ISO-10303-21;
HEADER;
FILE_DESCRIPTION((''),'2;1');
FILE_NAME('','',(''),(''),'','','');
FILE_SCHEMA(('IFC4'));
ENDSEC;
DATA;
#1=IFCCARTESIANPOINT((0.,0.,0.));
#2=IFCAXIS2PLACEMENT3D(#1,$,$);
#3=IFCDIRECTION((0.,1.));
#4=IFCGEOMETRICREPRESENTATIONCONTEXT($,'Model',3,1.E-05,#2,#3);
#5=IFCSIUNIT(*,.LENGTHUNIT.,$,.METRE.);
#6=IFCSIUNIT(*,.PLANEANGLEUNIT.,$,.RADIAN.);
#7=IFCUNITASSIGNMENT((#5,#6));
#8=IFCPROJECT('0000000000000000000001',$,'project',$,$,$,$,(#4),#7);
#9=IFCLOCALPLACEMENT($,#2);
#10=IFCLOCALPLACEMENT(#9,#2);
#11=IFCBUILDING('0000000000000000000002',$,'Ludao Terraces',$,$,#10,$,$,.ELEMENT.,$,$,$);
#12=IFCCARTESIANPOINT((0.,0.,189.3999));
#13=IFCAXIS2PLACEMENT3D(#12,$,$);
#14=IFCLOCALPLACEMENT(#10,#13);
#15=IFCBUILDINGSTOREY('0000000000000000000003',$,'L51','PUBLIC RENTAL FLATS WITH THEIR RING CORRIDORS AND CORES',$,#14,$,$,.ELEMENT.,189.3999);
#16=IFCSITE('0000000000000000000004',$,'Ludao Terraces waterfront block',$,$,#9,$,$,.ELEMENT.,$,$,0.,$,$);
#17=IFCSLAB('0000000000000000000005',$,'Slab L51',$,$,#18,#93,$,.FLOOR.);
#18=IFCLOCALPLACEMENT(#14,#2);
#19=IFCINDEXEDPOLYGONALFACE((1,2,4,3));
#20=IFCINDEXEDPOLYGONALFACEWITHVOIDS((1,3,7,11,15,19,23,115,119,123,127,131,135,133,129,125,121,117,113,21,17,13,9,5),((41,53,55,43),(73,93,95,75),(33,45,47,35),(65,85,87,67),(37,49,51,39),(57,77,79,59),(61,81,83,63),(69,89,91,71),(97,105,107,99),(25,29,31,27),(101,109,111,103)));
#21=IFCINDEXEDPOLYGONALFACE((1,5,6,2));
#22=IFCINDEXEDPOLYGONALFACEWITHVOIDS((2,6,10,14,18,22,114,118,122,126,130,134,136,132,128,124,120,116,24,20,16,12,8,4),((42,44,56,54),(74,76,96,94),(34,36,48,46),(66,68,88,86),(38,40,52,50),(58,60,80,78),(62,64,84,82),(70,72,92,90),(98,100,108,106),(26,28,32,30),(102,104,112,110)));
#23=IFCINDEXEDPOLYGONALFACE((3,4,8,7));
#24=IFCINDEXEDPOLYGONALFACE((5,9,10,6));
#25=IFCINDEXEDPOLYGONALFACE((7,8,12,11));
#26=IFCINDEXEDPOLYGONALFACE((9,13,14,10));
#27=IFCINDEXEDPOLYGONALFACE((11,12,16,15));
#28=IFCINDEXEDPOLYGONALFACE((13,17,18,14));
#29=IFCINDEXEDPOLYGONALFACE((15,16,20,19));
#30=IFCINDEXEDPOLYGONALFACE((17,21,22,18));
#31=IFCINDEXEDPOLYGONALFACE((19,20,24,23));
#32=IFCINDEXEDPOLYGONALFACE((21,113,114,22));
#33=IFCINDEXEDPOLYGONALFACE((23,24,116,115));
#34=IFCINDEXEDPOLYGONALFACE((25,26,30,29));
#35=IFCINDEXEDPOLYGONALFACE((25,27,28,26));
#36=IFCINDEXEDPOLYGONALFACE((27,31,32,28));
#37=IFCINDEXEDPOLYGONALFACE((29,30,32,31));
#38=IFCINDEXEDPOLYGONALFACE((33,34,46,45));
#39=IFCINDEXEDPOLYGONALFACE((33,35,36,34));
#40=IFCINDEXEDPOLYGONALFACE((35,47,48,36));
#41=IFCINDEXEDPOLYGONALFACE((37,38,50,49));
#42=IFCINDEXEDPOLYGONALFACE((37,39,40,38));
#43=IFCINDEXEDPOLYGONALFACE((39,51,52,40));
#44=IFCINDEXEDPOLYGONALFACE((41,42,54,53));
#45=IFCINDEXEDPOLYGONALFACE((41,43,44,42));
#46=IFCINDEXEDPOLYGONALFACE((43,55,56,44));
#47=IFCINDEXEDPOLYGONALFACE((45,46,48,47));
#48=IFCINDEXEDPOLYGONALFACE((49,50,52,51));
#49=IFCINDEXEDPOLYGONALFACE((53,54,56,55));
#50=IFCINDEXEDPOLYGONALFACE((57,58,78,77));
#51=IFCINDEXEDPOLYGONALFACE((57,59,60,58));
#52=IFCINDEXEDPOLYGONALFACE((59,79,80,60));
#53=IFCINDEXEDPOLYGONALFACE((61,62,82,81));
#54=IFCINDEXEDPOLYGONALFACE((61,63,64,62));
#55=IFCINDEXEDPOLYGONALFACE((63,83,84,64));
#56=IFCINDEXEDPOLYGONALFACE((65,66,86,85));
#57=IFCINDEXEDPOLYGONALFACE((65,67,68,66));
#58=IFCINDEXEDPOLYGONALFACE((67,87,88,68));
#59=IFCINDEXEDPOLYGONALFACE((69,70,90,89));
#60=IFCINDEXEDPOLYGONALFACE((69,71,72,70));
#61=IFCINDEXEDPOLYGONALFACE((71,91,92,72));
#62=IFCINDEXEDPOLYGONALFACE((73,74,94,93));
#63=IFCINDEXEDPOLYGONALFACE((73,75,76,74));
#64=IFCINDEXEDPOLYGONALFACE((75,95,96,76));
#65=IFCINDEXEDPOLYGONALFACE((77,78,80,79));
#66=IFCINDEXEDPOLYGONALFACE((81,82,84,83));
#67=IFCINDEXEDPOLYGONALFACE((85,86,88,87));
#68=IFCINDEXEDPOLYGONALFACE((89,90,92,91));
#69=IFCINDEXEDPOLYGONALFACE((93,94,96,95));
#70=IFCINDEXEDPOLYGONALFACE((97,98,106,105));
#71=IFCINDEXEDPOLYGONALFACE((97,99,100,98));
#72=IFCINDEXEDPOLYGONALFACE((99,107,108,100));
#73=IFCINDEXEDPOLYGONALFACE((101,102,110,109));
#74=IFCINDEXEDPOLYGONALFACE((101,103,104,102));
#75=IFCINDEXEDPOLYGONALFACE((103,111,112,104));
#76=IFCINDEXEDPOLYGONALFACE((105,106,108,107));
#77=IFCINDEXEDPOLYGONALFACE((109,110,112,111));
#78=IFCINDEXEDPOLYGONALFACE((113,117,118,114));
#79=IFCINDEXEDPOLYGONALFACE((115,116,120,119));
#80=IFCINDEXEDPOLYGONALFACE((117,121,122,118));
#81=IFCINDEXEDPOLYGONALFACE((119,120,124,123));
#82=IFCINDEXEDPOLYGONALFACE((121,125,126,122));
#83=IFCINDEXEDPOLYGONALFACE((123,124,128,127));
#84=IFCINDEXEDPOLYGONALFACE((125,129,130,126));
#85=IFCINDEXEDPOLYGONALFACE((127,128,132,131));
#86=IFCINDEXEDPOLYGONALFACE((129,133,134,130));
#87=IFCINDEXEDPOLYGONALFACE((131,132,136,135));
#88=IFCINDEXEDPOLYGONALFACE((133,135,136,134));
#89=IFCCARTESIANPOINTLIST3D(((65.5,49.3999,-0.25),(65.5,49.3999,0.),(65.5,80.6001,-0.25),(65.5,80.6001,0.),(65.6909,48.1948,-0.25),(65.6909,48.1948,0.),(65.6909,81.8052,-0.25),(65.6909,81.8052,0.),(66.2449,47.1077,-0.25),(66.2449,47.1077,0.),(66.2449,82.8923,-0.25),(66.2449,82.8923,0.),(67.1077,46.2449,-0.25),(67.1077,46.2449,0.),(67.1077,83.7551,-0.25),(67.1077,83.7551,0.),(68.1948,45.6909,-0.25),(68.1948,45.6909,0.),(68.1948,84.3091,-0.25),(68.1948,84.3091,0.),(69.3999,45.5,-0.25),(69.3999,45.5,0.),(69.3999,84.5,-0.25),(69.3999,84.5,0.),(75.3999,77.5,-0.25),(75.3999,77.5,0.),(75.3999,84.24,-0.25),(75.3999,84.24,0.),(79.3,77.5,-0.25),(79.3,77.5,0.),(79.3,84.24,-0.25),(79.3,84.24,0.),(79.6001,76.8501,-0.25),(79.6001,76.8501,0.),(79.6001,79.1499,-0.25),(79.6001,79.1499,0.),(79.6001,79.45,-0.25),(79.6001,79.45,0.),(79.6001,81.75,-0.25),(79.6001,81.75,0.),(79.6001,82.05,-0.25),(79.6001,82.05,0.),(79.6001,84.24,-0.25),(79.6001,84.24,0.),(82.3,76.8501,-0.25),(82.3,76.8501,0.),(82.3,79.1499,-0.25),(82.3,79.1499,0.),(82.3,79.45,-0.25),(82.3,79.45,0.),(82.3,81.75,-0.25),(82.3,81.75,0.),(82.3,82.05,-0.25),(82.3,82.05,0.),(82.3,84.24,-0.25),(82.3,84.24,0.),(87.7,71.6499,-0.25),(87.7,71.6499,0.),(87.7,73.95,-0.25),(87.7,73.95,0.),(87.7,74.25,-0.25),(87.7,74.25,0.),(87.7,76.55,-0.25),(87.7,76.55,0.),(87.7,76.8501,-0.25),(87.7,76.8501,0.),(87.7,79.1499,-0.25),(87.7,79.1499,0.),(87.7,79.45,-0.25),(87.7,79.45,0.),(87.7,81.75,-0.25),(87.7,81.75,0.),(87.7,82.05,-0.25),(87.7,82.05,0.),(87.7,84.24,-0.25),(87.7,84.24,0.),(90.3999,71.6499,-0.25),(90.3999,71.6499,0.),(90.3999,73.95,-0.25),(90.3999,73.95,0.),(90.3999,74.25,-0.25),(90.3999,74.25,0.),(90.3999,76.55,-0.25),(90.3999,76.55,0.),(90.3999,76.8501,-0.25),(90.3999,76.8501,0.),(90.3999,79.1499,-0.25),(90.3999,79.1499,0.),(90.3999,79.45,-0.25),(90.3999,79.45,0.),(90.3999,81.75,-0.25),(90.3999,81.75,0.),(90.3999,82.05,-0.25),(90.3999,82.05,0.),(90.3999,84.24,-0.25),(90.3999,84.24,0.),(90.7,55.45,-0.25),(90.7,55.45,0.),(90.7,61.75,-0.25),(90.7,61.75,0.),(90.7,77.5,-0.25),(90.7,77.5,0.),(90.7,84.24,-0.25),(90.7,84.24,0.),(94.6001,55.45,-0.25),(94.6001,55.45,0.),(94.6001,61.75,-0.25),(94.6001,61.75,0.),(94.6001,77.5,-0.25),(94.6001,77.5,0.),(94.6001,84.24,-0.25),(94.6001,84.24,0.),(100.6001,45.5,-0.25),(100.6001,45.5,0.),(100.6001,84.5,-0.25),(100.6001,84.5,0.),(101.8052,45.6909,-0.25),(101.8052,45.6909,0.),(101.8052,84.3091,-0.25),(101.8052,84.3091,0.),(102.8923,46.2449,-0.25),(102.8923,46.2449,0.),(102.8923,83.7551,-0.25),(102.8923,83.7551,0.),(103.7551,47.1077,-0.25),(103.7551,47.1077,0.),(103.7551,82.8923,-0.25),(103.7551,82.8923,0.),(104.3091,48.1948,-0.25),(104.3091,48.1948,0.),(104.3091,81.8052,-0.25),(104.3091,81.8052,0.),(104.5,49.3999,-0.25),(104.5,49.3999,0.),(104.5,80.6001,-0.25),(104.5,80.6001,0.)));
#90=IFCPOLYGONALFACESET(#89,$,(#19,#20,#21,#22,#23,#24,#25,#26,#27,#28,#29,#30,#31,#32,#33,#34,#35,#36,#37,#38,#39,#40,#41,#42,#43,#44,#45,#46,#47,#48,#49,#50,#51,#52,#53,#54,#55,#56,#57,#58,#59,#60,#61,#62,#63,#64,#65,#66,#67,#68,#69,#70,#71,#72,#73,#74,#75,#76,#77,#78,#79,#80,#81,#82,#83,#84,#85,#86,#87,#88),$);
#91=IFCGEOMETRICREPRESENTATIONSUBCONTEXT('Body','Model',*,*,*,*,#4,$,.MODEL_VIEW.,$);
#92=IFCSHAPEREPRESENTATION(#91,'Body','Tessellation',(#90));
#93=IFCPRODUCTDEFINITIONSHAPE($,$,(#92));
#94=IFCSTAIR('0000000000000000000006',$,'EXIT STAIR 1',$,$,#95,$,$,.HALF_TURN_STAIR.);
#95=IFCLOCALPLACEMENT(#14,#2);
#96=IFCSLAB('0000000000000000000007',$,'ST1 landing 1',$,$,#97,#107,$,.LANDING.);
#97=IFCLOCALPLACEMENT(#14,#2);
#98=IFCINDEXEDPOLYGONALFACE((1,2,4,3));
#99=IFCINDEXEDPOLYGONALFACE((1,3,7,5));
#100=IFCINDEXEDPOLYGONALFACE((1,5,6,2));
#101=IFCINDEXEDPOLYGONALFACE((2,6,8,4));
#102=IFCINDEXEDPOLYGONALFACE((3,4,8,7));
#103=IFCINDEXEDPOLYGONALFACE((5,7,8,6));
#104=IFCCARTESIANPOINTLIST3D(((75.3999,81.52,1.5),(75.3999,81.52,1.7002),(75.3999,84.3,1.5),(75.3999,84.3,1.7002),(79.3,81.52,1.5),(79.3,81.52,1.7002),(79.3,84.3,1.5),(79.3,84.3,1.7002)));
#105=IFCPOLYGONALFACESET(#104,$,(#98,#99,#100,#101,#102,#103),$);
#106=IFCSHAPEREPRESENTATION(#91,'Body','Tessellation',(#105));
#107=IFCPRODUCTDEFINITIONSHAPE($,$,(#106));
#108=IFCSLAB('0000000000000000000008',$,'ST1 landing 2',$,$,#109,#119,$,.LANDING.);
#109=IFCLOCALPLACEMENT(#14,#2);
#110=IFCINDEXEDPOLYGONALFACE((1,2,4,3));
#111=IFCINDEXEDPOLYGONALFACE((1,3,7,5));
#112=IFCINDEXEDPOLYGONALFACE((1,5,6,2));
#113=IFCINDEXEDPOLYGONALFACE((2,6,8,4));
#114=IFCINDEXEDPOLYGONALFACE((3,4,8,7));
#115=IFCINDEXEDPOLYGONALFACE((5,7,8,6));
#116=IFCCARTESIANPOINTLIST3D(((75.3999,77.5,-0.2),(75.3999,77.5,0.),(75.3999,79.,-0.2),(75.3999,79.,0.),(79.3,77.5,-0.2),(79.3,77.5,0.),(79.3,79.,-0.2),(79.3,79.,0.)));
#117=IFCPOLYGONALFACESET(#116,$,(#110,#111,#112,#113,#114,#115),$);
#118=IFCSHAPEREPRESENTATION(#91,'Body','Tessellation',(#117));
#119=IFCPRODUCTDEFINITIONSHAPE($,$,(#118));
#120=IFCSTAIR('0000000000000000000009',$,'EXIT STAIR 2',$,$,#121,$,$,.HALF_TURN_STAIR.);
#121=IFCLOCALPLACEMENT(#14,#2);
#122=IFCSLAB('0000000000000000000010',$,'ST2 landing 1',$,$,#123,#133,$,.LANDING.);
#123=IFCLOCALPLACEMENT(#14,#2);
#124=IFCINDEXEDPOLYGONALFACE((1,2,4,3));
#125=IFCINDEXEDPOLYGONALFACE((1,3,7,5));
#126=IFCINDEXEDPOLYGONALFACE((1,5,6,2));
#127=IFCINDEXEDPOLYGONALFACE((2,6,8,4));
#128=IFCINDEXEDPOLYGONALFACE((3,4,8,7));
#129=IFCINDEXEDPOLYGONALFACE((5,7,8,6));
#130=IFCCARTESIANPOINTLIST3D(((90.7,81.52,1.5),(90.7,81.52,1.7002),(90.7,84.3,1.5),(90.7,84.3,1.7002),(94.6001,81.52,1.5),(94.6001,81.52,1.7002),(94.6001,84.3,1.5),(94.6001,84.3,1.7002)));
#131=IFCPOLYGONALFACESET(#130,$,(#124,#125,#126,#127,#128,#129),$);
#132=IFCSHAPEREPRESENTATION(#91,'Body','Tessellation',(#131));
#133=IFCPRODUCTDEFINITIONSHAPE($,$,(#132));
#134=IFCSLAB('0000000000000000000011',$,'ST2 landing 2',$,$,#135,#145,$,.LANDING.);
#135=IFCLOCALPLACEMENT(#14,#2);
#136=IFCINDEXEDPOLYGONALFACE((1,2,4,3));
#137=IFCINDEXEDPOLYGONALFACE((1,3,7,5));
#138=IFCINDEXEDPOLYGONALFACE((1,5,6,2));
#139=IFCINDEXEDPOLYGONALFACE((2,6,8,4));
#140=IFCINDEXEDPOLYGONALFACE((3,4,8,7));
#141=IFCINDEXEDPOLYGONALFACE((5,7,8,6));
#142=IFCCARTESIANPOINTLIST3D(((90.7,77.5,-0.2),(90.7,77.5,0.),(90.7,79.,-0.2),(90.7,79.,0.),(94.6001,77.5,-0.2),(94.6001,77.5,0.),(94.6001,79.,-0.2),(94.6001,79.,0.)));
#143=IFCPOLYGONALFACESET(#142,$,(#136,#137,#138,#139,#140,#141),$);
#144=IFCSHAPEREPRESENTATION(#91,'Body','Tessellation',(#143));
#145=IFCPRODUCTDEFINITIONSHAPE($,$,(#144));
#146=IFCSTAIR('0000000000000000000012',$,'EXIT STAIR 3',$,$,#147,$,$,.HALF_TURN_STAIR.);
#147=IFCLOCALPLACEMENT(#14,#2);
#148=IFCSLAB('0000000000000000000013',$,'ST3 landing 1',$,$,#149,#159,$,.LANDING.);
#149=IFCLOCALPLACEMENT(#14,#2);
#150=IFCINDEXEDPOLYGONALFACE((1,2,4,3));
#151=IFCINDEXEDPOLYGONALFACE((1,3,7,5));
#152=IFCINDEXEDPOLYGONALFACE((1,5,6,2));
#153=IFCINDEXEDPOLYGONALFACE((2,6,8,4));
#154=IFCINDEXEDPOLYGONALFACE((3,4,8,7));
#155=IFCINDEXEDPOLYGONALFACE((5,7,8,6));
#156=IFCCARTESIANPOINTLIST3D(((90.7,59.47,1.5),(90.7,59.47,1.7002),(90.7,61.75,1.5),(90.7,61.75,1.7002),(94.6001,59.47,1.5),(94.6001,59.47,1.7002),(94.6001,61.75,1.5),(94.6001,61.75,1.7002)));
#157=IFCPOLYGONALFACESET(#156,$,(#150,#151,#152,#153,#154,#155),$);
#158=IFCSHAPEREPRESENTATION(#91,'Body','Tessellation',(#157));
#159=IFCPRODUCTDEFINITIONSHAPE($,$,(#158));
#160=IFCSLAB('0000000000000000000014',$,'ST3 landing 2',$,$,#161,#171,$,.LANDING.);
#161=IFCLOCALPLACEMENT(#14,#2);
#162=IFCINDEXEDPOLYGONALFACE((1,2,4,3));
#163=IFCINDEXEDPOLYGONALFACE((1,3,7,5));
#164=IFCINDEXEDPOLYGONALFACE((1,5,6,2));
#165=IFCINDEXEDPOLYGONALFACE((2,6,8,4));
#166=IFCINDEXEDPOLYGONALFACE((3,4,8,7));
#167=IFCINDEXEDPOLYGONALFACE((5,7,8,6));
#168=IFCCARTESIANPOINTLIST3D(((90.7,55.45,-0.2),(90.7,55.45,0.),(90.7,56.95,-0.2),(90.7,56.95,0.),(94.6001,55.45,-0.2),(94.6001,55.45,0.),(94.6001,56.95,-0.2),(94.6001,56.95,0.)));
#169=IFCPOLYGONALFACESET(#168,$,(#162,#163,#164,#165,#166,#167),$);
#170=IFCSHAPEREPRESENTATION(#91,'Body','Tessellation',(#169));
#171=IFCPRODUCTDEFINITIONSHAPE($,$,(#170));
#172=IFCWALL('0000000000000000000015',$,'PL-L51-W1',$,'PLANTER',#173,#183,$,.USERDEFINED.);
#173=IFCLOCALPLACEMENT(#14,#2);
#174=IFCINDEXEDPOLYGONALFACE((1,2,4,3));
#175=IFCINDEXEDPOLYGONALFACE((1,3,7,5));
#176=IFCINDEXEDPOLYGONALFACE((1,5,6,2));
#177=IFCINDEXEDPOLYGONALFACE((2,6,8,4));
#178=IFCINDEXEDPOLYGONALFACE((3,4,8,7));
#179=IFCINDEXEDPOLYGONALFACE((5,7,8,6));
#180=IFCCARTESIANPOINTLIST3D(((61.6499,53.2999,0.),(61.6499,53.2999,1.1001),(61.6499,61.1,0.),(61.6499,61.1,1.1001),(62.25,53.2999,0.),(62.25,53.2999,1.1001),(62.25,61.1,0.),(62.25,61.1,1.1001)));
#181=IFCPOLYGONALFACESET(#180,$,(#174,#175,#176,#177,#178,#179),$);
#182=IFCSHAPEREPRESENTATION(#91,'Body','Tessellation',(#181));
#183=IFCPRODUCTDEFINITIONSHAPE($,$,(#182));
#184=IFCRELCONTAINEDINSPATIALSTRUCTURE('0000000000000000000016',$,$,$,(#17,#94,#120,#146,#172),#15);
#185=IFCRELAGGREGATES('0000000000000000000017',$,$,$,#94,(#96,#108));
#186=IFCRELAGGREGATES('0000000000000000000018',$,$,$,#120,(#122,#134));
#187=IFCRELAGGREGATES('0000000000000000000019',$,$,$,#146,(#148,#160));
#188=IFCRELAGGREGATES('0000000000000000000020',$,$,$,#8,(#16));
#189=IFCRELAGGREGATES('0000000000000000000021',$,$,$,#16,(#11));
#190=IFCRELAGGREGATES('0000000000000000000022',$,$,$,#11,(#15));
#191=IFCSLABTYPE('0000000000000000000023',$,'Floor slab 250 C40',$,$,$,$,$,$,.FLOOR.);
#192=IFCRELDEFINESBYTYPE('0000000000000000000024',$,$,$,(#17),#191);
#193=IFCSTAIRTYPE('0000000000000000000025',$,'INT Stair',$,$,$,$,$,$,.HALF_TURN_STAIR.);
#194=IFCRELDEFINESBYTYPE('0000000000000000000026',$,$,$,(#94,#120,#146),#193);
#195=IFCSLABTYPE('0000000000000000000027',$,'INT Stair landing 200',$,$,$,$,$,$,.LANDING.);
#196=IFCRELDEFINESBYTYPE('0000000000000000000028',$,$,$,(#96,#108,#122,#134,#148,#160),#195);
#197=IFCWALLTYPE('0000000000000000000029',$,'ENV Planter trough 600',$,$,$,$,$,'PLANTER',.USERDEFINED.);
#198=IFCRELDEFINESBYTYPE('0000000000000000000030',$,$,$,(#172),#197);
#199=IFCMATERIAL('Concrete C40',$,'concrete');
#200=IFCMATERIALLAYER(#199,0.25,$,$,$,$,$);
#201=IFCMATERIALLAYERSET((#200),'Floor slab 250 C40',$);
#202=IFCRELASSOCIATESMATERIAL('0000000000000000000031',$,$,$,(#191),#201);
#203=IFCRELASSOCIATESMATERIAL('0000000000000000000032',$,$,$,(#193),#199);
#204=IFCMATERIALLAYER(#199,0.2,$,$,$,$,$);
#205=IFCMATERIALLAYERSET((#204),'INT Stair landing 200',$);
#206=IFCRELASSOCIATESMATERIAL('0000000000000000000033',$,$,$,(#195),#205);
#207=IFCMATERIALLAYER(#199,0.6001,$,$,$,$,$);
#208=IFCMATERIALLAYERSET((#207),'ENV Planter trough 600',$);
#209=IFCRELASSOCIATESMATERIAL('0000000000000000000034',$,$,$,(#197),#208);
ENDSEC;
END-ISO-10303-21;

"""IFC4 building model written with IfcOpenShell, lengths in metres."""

from ifc_helpers import new_model, si_unit, direction, frame, frame_2d, origin, place, context, subcontext, project, spatial, polyline, rectangle, outline, extrude, material, layer, layer_set, type_object, element, aggregate, save


model = new_model("IFC4")

# Units and contexts
model_context = context("Model", 3, precision=1e-05, world=origin(), true_north=direction((0.0, 1.0)))
body_context = subcontext(model_context, "Body", "Model", "MODEL_VIEW")
ifc_project = project(units=[si_unit("LENGTHUNIT", "METRE"), si_unit("PLANEANGLEUNIT", "RADIAN")], contexts=[model_context])

# Site, building, storey
site_placement = place(None, origin())
site = spatial("IfcSite", under=ifc_project, at=site_placement, Name="Ludao Terraces waterfront block", CompositionType="ELEMENT", RefElevation=0.0)
building_placement = place(site_placement, origin())
building = spatial("IfcBuilding", under=site, at=building_placement, Name="Ludao Terraces", CompositionType="ELEMENT")
storey_placement = place(building_placement, frame((0.0, 0.0, 189.3999)))
storey = spatial("IfcBuildingStorey", under=building, at=storey_placement, Name="L51", Description="PUBLIC RENTAL FLATS WITH THEIR RING CORRIDORS AND CORES", CompositionType="ELEMENT", Elevation=189.3999)

# Shared definitions
ifc_material_1 = material(Name="Concrete C40", Category="concrete")

# Slab
ifc_layer_1 = layer(ifc_material_1, 0.25)
ifc_layer_set_1 = layer_set([ifc_layer_1], Name="Floor slab 250 C40")
slab_type_1 = type_object("IfcSlabType", Name="Floor slab 250 C40", PredefinedType="FLOOR", material=ifc_layer_set_1)
slab_1_placement = place(storey_placement, frame((0.0, 0.0, -0.25)))
element("IfcSlab", 1, at=slab_1_placement, inside=storey, type_object=slab_type_1, Name="Slab L51", PredefinedType="FLOOR", context=body_context, shape_type="SweptSolid", body=[
    extrude(outline(polyline([(100.6001, 45.5), (101.8052, 45.6909), (102.8923, 46.2449), (103.7551, 47.1077), (104.3091, 48.1948), (104.5, 49.3999), (104.5, 80.6001), (104.3091, 81.8052), (103.7551, 82.8923), (102.8923, 83.7551), (101.8052, 84.3091), (100.6001, 84.5), (69.3999, 84.5), (68.1948, 84.3091), (67.1077, 83.7551), (66.2449, 82.8923), (65.6909, 81.8052), (65.5, 80.6001), (65.5, 49.3999), (65.6909, 48.1948), (66.2449, 47.1077), (67.1077, 46.2449), (68.1948, 45.6909), (69.3999, 45.5), (100.6001, 45.5)]), holes=[polyline([(79.6001, 76.8501), (82.3, 76.8501), (82.3, 79.1499), (79.6001, 79.1499), (79.6001, 76.8501)]), polyline([(79.6001, 79.45), (82.3, 79.45), (82.3, 81.75), (79.6001, 81.75), (79.6001, 79.45)]), polyline([(79.6001, 82.05), (82.3, 82.05), (82.3, 84.24), (79.6001, 84.24), (79.6001, 82.05)]), polyline([(87.7, 71.6499), (90.3999, 71.6499), (90.3999, 73.95), (87.7, 73.95), (87.7, 71.6499)]), polyline([(87.7, 74.25), (90.3999, 74.25), (90.3999, 76.55), (87.7, 76.55), (87.7, 74.25)]), polyline([(87.7, 76.8501), (90.3999, 76.8501), (90.3999, 79.1499), (87.7, 79.1499), (87.7, 76.8501)]), polyline([(87.7, 79.45), (90.3999, 79.45), (90.3999, 81.75), (87.7, 81.75), (87.7, 79.45)]), polyline([(87.7, 82.05), (90.3999, 82.05), (90.3999, 84.24), (87.7, 84.24), (87.7, 82.05)]), polyline([(75.3999, 77.5), (79.3, 77.5), (79.3, 84.24), (75.3999, 84.24), (75.3999, 77.5)]), polyline([(90.7, 77.5), (94.6001, 77.5), (94.6001, 84.24), (90.7, 84.24), (90.7, 77.5)]), polyline([(90.7, 55.45), (94.6001, 55.45), (94.6001, 61.75), (90.7, 61.75), (90.7, 55.45)])]), origin(), (0.0, 0.0, 1.0), 0.25),
])

# Stairs, slabs
stair_type = type_object("IfcStairType", Name="INT Stair", PredefinedType="HALF_TURN_STAIR", material=ifc_material_1)
stair_1_placement = place(storey_placement, origin())
stair_1 = element("IfcStair", 2, at=stair_1_placement, inside=storey, type_object=stair_type, Name="EXIT STAIR 1", PredefinedType="HALF_TURN_STAIR")
ifc_layer_2 = layer(ifc_material_1, 0.2)
ifc_layer_set_2 = layer_set([ifc_layer_2], Name="INT Stair landing 200")
slab_type_2 = type_object("IfcSlabType", Name="INT Stair landing 200", PredefinedType="LANDING", material=ifc_layer_set_2)
slab_2_placement = place(storey_placement, frame((0.0, 0.0, 1.5)))
slab_2 = element("IfcSlab", 3, at=slab_2_placement, type_object=slab_type_2, Name="ST1 landing 1", PredefinedType="LANDING", context=body_context, shape_type="SweptSolid", body=[
    extrude(outline(polyline([(75.3999, 81.52), (79.3, 81.52), (79.3, 84.3), (75.3999, 84.3), (75.3999, 81.52)])), origin(), (0.0, 0.0, 1.0), 0.2002),
])
slab_3_placement = place(storey_placement, frame((0.0, 0.0, -0.2)))
slab_3 = element("IfcSlab", 4, at=slab_3_placement, type_object=slab_type_2, Name="ST1 landing 2", PredefinedType="LANDING", context=body_context, shape_type="SweptSolid", body=[
    extrude(outline(polyline([(75.3999, 77.5), (79.3, 77.5), (79.3, 79.0), (75.3999, 79.0), (75.3999, 77.5)])), origin(), (0.0, 0.0, 1.0), 0.2),
])
aggregate(stair_1, [slab_2, slab_3])
stair_2_placement = place(storey_placement, origin())
stair_2 = element("IfcStair", 5, at=stair_2_placement, inside=storey, type_object=stair_type, Name="EXIT STAIR 2", PredefinedType="HALF_TURN_STAIR")
slab_4_placement = place(storey_placement, frame((0.0, 0.0, 1.5)))
slab_4 = element("IfcSlab", 6, at=slab_4_placement, type_object=slab_type_2, Name="ST2 landing 1", PredefinedType="LANDING", context=body_context, shape_type="SweptSolid", body=[
    extrude(outline(polyline([(90.7, 81.52), (94.6001, 81.52), (94.6001, 84.3), (90.7, 84.3), (90.7, 81.52)])), origin(), (0.0, 0.0, 1.0), 0.2002),
])
slab_5_placement = place(storey_placement, frame((0.0, 0.0, -0.2)))
slab_5 = element("IfcSlab", 7, at=slab_5_placement, type_object=slab_type_2, Name="ST2 landing 2", PredefinedType="LANDING", context=body_context, shape_type="SweptSolid", body=[
    extrude(outline(polyline([(90.7, 77.5), (94.6001, 77.5), (94.6001, 79.0), (90.7, 79.0), (90.7, 77.5)])), origin(), (0.0, 0.0, 1.0), 0.2),
])
aggregate(stair_2, [slab_4, slab_5])
stair_3_placement = place(storey_placement, origin())
stair_3 = element("IfcStair", 8, at=stair_3_placement, inside=storey, type_object=stair_type, Name="EXIT STAIR 3", PredefinedType="HALF_TURN_STAIR")
slab_6_placement = place(storey_placement, frame((0.0, 0.0, 1.5)))
slab_6 = element("IfcSlab", 9, at=slab_6_placement, type_object=slab_type_2, Name="ST3 landing 1", PredefinedType="LANDING", context=body_context, shape_type="SweptSolid", body=[
    extrude(outline(polyline([(90.7, 59.47), (94.6001, 59.47), (94.6001, 61.75), (90.7, 61.75), (90.7, 59.47)])), origin(), (0.0, 0.0, 1.0), 0.2002),
])
slab_7_placement = place(storey_placement, frame((0.0, 0.0, -0.2)))
slab_7 = element("IfcSlab", 10, at=slab_7_placement, type_object=slab_type_2, Name="ST3 landing 2", PredefinedType="LANDING", context=body_context, shape_type="SweptSolid", body=[
    extrude(outline(polyline([(90.7, 55.45), (94.6001, 55.45), (94.6001, 56.95), (90.7, 56.95), (90.7, 55.45)])), origin(), (0.0, 0.0, 1.0), 0.2),
])
aggregate(stair_3, [slab_6, slab_7])

# Wall
ifc_layer_3 = layer(ifc_material_1, 0.6001)
ifc_layer_set_3 = layer_set([ifc_layer_3], Name="ENV Planter trough 600")
wall_type = type_object("IfcWallType", Name="ENV Planter trough 600", ElementType="PLANTER", PredefinedType="USERDEFINED", material=ifc_layer_set_3)
wall_1_placement = place(storey_placement, frame((61.95, 53.3, 0.0), z_axis=(0.0, 0.0, 1.0), x_axis=(0.0, 1.0, 0.0)))
element("IfcWall", 11, at=wall_1_placement, inside=storey, type_object=wall_type, Name="PL-L51-W1", ObjectType="PLANTER", PredefinedType="USERDEFINED", context=body_context, shape_type="SweptSolid", body=[
    extrude(rectangle(XDim=7.8, YDim=0.6001, at=frame_2d((3.8999, 0.0))), origin(), (0.0, 0.0, 1.0), 1.1001),
])

save(model, "model.ifc")
